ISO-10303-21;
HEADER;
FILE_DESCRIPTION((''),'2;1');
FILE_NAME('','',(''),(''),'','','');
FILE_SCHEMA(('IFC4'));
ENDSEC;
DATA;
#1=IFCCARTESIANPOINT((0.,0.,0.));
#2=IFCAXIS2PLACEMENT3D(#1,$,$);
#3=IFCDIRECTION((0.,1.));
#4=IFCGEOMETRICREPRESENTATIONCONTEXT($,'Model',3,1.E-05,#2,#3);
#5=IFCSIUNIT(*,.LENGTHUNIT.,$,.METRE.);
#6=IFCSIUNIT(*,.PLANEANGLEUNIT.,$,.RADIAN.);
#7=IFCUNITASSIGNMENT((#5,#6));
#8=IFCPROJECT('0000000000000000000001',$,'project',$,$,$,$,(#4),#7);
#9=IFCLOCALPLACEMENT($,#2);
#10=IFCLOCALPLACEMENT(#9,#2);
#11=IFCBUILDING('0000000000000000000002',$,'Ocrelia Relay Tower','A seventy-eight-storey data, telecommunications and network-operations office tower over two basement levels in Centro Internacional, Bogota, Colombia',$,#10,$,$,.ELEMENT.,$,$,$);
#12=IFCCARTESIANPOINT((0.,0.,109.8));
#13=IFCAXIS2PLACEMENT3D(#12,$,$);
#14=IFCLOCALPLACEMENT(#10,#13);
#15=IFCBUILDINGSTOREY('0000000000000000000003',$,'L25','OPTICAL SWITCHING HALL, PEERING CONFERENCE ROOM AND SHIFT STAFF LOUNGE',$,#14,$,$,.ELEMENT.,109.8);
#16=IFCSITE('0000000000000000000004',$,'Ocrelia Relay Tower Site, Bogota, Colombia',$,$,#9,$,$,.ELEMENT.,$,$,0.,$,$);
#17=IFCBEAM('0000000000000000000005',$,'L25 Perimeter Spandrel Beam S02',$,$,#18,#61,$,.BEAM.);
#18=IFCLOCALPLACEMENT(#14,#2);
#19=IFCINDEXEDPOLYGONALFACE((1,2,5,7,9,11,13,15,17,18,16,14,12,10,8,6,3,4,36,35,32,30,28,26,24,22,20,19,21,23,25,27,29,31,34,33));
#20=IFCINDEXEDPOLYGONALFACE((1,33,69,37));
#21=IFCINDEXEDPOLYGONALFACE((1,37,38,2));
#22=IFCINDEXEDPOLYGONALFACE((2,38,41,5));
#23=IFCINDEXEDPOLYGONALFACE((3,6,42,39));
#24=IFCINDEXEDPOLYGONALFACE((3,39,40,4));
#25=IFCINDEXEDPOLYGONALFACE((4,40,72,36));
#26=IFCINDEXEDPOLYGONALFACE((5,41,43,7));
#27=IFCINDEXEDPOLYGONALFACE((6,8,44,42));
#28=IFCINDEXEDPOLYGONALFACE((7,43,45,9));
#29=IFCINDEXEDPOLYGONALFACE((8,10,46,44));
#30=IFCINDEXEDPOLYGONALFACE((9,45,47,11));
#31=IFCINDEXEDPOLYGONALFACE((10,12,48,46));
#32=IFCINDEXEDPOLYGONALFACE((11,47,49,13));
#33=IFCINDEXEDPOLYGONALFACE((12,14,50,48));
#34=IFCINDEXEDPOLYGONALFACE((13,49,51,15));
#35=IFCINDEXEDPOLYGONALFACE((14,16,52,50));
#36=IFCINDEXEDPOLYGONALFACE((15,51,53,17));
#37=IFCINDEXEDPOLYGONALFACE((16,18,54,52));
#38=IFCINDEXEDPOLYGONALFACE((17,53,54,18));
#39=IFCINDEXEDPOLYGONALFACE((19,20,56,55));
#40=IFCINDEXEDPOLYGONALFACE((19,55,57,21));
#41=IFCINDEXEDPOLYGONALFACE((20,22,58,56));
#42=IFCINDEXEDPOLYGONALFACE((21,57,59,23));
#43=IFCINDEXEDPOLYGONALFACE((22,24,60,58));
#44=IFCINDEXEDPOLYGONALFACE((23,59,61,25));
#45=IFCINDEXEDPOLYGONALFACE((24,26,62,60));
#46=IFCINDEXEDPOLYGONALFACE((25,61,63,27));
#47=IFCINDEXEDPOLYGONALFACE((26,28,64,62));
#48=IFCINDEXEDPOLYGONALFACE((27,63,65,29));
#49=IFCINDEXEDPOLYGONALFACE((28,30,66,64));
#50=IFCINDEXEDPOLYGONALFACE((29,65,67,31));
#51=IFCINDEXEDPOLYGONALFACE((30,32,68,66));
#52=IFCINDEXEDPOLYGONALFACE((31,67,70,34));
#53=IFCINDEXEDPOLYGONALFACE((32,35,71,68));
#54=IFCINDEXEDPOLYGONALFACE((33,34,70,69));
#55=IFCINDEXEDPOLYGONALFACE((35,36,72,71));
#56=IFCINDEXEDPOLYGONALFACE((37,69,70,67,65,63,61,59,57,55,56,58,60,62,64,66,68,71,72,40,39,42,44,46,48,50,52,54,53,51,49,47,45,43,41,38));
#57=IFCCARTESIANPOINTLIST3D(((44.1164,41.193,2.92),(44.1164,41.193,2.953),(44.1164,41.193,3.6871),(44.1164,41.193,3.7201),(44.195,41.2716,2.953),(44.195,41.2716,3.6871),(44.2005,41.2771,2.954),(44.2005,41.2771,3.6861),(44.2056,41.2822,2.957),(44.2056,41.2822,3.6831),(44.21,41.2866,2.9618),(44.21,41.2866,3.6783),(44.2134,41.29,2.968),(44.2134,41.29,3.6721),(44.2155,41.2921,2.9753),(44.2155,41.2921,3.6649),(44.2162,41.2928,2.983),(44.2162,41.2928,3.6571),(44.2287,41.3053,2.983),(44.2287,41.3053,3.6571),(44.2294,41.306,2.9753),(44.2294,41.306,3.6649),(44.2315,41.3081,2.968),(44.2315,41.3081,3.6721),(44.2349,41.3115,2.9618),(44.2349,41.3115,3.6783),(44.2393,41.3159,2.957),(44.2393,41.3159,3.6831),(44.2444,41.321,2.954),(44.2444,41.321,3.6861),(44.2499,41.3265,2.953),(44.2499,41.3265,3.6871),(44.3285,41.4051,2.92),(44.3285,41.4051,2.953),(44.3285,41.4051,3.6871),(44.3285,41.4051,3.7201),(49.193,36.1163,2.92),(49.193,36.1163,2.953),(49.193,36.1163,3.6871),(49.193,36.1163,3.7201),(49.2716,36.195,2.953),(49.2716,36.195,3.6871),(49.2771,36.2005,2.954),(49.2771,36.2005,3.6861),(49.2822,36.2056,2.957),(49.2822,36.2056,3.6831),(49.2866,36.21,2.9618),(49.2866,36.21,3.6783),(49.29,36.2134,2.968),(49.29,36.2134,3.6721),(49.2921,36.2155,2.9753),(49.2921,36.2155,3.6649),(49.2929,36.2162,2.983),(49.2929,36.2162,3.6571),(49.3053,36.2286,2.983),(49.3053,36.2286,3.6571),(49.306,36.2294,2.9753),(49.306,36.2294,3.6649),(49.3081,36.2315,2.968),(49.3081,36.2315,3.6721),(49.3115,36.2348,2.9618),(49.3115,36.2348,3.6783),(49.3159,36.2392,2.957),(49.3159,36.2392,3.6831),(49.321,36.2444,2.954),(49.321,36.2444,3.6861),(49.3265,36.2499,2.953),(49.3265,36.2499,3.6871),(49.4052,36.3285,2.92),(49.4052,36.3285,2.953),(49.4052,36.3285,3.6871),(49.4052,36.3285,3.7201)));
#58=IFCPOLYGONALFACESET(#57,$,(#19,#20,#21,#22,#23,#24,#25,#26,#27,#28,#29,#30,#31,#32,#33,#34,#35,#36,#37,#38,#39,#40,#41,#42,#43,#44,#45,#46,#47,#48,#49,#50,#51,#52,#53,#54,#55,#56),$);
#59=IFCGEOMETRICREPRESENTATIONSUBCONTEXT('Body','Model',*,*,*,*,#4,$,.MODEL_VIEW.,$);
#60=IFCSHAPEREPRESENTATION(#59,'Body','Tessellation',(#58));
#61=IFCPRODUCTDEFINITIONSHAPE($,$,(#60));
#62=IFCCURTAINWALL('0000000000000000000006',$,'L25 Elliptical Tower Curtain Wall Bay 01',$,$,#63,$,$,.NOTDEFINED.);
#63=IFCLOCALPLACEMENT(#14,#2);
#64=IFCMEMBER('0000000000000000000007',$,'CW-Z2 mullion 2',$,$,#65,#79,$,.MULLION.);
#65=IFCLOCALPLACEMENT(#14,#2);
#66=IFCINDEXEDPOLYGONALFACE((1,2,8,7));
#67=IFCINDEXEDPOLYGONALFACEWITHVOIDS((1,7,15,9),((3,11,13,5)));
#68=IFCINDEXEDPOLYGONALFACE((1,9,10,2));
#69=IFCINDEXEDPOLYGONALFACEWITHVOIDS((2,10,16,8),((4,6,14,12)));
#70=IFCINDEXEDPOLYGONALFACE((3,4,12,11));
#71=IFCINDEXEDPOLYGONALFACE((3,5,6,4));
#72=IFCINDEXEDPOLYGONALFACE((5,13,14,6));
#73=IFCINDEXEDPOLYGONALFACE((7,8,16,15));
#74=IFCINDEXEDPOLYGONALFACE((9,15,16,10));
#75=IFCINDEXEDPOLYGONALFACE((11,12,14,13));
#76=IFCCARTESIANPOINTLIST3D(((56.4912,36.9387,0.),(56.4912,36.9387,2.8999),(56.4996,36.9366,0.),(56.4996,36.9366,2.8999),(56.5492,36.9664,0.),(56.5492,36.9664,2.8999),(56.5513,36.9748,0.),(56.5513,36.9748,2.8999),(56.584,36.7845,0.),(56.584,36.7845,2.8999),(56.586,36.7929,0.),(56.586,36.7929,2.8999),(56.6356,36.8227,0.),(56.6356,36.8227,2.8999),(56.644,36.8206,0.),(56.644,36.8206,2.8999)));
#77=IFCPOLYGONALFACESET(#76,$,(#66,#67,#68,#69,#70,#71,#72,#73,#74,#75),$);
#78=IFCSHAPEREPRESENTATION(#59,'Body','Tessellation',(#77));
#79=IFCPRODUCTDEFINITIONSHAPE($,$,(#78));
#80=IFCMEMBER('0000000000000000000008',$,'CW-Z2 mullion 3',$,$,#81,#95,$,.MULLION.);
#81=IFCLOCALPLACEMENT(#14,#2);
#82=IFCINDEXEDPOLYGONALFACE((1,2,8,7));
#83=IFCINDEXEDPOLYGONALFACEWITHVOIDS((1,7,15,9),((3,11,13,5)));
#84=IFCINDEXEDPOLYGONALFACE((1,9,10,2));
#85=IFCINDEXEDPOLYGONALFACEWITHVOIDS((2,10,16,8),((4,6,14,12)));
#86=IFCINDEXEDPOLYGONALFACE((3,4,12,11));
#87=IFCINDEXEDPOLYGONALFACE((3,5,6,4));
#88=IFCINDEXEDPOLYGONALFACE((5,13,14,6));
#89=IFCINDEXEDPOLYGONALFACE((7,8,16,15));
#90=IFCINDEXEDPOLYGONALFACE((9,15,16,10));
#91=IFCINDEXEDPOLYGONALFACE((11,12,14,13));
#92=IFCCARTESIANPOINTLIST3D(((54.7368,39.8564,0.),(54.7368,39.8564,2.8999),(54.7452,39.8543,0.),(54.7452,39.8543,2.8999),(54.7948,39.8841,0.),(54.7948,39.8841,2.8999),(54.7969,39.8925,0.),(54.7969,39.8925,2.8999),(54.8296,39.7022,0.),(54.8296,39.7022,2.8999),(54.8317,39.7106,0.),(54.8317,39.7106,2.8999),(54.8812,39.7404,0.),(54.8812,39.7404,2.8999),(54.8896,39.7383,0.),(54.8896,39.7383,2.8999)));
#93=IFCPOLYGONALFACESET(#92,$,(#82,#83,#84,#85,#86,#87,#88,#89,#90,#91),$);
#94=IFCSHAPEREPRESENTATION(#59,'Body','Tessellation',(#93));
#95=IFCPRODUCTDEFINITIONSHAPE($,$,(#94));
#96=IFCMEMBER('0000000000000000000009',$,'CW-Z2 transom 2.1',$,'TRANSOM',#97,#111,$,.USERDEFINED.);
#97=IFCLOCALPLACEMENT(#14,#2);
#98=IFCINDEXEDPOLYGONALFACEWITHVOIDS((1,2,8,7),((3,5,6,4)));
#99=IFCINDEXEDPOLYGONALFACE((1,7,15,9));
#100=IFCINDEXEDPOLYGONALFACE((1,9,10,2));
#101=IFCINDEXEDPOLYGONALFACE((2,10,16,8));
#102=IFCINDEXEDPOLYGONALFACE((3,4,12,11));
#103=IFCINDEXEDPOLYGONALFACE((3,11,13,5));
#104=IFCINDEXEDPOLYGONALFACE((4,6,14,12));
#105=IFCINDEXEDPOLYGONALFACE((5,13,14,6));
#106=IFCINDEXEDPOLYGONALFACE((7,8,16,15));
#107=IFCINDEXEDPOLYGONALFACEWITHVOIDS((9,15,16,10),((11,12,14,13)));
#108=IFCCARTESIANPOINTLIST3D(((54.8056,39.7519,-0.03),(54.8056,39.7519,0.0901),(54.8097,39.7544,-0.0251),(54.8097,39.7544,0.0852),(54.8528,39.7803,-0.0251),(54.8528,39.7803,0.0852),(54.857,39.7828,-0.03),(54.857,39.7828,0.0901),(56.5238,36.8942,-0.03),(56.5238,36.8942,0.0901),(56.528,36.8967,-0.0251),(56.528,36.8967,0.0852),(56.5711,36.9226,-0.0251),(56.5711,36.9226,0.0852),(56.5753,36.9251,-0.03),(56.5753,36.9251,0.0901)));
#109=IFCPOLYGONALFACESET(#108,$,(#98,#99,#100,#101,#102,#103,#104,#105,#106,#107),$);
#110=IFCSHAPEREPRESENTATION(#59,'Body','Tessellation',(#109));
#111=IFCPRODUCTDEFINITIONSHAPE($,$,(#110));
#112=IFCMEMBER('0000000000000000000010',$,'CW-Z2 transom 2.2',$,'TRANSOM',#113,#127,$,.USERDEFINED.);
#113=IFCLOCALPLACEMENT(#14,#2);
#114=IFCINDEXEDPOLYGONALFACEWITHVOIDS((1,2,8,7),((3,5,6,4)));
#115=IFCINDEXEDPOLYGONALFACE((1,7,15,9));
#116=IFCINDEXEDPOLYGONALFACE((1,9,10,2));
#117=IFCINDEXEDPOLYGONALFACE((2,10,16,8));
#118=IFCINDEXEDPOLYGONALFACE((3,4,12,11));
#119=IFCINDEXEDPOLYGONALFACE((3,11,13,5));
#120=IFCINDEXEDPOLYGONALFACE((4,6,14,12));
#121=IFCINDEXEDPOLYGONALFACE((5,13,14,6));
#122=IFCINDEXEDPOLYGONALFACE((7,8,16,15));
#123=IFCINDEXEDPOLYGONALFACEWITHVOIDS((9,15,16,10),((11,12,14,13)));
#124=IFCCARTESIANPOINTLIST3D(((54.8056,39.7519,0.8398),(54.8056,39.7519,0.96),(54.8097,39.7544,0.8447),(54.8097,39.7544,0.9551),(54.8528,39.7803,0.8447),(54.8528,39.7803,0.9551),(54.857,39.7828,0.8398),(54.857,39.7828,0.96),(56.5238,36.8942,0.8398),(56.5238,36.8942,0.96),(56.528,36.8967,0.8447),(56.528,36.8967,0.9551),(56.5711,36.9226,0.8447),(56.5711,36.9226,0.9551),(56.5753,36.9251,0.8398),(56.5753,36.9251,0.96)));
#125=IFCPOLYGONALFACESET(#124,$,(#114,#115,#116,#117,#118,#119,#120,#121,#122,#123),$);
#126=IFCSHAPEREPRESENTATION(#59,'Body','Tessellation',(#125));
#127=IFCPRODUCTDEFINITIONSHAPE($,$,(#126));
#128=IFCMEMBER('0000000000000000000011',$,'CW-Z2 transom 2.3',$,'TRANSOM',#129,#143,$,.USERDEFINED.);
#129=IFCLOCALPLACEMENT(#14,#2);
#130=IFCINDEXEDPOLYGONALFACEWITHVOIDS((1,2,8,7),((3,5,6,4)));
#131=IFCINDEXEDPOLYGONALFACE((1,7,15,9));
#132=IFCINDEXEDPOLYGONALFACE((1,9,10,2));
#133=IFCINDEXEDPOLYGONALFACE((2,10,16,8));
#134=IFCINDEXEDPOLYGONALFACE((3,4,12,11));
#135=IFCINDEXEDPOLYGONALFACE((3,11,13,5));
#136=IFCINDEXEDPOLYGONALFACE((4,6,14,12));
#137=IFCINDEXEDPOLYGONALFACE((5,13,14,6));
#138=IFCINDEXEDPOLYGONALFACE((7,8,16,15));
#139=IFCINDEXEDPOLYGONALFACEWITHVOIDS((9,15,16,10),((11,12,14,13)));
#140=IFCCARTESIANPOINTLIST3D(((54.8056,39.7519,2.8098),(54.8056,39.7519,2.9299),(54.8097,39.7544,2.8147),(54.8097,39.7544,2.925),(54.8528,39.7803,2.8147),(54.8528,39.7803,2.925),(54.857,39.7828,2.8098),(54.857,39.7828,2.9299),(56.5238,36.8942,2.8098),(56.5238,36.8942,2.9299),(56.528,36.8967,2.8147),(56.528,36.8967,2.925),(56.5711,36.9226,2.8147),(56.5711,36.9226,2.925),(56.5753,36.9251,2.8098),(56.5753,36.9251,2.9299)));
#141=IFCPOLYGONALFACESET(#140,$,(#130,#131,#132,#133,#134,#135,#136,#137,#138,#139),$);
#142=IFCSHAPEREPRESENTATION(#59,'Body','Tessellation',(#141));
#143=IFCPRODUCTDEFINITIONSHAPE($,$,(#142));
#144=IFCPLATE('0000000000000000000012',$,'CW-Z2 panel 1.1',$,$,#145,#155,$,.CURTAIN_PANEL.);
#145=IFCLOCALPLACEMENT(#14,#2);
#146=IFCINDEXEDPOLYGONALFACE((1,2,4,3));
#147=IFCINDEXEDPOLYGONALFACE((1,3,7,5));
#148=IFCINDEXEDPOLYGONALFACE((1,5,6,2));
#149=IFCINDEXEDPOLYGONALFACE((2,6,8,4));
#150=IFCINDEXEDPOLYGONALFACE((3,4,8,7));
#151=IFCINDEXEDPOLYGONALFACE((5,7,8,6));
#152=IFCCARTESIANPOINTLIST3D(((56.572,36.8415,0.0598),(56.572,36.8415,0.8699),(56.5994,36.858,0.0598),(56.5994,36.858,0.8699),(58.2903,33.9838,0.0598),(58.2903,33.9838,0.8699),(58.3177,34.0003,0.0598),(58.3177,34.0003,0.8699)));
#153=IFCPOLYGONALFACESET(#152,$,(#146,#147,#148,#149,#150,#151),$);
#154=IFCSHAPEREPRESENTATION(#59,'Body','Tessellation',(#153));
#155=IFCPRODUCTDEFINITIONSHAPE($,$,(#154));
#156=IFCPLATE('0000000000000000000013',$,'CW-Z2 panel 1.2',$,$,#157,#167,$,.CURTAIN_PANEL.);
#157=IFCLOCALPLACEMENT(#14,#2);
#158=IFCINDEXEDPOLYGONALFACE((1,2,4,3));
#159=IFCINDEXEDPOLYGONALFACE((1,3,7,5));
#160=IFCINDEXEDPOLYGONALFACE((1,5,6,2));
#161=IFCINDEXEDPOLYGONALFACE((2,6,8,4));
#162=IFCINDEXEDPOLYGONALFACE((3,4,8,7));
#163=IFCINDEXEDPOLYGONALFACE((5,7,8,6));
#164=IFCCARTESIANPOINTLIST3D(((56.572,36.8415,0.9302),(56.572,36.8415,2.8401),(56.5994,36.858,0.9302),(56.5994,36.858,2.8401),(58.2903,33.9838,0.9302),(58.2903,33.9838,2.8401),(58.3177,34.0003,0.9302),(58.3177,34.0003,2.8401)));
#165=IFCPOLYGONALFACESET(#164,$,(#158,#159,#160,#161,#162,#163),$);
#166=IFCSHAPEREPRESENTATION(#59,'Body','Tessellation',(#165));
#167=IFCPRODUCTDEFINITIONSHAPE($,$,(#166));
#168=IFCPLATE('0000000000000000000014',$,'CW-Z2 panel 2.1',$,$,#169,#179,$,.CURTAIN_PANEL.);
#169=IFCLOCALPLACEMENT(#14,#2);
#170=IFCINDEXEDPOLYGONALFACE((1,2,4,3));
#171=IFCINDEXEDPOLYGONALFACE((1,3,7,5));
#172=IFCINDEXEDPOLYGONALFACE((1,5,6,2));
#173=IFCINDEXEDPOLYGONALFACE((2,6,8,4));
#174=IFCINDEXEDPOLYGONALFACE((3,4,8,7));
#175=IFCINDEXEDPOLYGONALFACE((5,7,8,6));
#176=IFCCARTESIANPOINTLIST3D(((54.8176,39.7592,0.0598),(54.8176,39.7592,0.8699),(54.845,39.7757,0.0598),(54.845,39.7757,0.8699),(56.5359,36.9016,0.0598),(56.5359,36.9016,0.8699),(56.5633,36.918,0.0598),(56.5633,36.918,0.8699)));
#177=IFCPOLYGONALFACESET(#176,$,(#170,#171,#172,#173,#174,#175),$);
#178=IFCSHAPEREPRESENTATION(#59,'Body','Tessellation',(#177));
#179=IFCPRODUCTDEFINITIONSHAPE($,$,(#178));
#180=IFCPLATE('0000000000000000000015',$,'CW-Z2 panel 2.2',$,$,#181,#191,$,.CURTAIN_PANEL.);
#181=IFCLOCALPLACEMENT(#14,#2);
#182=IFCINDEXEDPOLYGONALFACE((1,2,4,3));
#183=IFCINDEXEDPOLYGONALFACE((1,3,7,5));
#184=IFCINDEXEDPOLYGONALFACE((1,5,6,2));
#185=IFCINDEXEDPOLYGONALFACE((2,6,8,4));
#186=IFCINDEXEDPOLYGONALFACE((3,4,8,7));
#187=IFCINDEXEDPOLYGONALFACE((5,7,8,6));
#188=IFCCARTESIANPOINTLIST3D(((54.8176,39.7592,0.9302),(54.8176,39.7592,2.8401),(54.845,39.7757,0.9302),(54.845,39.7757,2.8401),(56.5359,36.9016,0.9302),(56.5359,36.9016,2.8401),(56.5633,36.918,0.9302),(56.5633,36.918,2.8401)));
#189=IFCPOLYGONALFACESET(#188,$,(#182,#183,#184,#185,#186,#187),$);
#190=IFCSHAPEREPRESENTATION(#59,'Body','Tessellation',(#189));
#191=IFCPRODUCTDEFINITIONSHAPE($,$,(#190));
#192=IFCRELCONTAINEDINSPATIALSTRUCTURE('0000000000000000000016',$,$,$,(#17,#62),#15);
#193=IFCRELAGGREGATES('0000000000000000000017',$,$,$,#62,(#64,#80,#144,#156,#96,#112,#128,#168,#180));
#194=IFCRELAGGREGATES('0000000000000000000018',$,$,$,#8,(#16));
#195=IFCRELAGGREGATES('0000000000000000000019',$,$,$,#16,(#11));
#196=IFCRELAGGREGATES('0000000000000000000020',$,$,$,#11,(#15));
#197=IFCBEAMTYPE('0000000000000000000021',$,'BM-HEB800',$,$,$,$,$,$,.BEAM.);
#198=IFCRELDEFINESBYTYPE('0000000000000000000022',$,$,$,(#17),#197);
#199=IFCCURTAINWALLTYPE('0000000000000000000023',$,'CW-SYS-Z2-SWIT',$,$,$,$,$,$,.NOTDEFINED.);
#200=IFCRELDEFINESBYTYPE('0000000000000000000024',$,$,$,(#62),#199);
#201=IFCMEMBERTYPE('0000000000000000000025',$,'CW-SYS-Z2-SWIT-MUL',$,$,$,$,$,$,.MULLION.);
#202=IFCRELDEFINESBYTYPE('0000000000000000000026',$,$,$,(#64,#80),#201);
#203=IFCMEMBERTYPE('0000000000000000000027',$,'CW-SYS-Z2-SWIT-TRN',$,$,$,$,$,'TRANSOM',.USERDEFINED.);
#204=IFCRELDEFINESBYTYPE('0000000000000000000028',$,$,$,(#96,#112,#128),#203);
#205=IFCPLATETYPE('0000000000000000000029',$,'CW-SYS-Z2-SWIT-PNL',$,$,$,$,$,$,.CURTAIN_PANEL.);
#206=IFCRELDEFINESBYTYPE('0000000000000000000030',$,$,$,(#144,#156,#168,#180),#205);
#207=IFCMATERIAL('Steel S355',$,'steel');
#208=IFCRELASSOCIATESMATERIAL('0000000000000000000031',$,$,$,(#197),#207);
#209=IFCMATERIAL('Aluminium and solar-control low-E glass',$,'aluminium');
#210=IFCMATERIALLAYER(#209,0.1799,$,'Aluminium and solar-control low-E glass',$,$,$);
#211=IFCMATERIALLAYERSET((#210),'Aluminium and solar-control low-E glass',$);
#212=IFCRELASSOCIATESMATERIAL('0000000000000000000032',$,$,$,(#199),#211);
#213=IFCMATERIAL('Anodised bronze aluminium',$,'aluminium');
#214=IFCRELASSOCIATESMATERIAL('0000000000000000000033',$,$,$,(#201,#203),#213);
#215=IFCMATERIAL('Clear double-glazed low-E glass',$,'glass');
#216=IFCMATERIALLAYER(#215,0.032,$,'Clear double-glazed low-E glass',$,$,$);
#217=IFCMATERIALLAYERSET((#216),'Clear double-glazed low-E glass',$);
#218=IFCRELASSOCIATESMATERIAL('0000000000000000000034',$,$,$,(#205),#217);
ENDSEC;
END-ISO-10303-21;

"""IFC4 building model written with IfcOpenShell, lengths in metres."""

from ifc_helpers import new_model, si_unit, direction, frame, origin, origin_2d, place, context, subcontext, project, spatial, rectangle, hollow_rectangle, i_section, extrude, material, layer, layer_set, material_profile, profile_set, type_object, element, aggregate, save


model = new_model("IFC4")

# Units and contexts
model_context = context("Model", 3, precision=1e-05, world=origin(), true_north=direction((0.0, 1.0)))
body_context = subcontext(model_context, "Body", "Model", "MODEL_VIEW")
ifc_project = project(units=[si_unit("LENGTHUNIT", "METRE"), si_unit("PLANEANGLEUNIT", "RADIAN")], contexts=[model_context])

# Site, building, storey
site_placement = place(None, origin())
site = spatial("IfcSite", under=ifc_project, at=site_placement, Name="Ocrelia Relay Tower Site, Bogota, Colombia", CompositionType="ELEMENT", RefElevation=0.0)
building_placement = place(site_placement, origin())
building = spatial("IfcBuilding", under=site, at=building_placement, Name="Ocrelia Relay Tower", Description="A seventy-eight-storey data, telecommunications and network-operations office tower over two basement levels in Centro Internacional, Bogota, Colombia", CompositionType="ELEMENT")
storey_placement = place(building_placement, frame((0.0, 0.0, 109.8)))
storey = spatial("IfcBuildingStorey", under=building, at=storey_placement, Name="L25", Description="OPTICAL SWITCHING HALL, PEERING CONFERENCE ROOM AND SHIFT STAFF LOUNGE", CompositionType="ELEMENT", Elevation=109.8)

# Beam
ifc_material_1 = material(Name="Steel S355", Category="steel")
ifc_material_profile_1 = material_profile(ifc_material_1, i_section(OverallWidth=0.3, OverallDepth=0.8, WebThickness=0.0176, FlangeThickness=0.033, FilletRadius=0.03, at=origin_2d()), Name="HEB 800")
ifc_profile_set_1 = profile_set([ifc_material_profile_1], Name="Steel S355")
beam_type_1 = type_object("IfcBeamType", Name="BM-HEB800", PredefinedType="BEAM", material=ifc_profile_set_1)
beam_1_placement = place(storey_placement, frame((49.2991, 36.2224, 3.3201), z_axis=(-0.707107, 0.707107, 0.0), x_axis=(-0.707107, -0.707107, 0.0)))
element("IfcBeam", 1, at=beam_1_placement, inside=storey, type_object=beam_type_1, Name="L25 Perimeter Spandrel Beam S02", PredefinedType="BEAM", context=body_context, shape_type="SweptSolid", body=[
    extrude(i_section(OverallWidth=0.3, OverallDepth=0.8, WebThickness=0.0176, FlangeThickness=0.033, FilletRadius=0.03, at=origin_2d()), origin(), (0.0, 0.0, 1.0), 7.1794),
])

# Curtain wall, members, plates
ifc_material_2 = material(Name="Aluminium and solar-control low-E glass", Category="aluminium")
ifc_layer_1 = layer(ifc_material_2, 0.1799, Name="Aluminium and solar-control low-E glass")
ifc_layer_set_1 = layer_set([ifc_layer_1], Name="Aluminium and solar-control low-E glass")
curtain_wall_type = type_object("IfcCurtainWallType", Name="CW-SYS-Z2-SWIT", PredefinedType="NOTDEFINED", material=ifc_layer_set_1)
curtain_wall_placement = place(storey_placement, origin())
curtain_wall = element("IfcCurtainWall", 2, at=curtain_wall_placement, inside=storey, type_object=curtain_wall_type, Name="L25 Elliptical Tower Curtain Wall Bay 01", PredefinedType="NOTDEFINED")
ifc_material_3 = material(Name="Anodised bronze aluminium", Category="aluminium")
ifc_material_profile_2 = material_profile(ifc_material_3, hollow_rectangle(XDim=0.0701, YDim=0.1799, WallThickness=0.0061, at=origin_2d()), Name="CW-MUL-180x70")
ifc_profile_set_2 = profile_set([ifc_material_profile_2], Name="Anodised bronze aluminium")
member_type_1 = type_object("IfcMemberType", Name="CW-SYS-Z2-SWIT-MUL", PredefinedType="MULLION", material=ifc_profile_set_2)
member_1_placement = place(storey_placement, frame((56.5676, 36.8796, 0.0), z_axis=(0.0, 0.0, 1.0), x_axis=(-0.856997, -0.515321, 0.0)))
member_1 = element("IfcMember", 3, at=member_1_placement, type_object=member_type_1, Name="CW-Z2 mullion 2", PredefinedType="MULLION", context=body_context, shape_type="SweptSolid", body=[
    extrude(hollow_rectangle(XDim=0.0701, YDim=0.1799, WallThickness=0.0061, at=origin_2d()), origin(), (0.0, 0.0, 1.0), 2.8999),
])
member_2_placement = place(storey_placement, frame((54.8132, 39.7974, 0.0), z_axis=(0.0, 0.0, 1.0), x_axis=(-0.856997, -0.515321, 0.0)))
member_2 = element("IfcMember", 4, at=member_2_placement, type_object=member_type_1, Name="CW-Z2 mullion 3", PredefinedType="MULLION", context=body_context, shape_type="SweptSolid", body=[
    extrude(hollow_rectangle(XDim=0.0701, YDim=0.1799, WallThickness=0.0061, at=origin_2d()), origin(), (0.0, 0.0, 1.0), 2.8999),
])
ifc_material_profile_3 = material_profile(ifc_material_3, hollow_rectangle(XDim=0.0601, YDim=0.1201, WallThickness=0.0049, at=origin_2d()), Name="CW-TRN-120x60")
ifc_profile_set_3 = profile_set([ifc_material_profile_3], Name="Anodised bronze aluminium")
member_type_2 = type_object("IfcMemberType", Name="CW-SYS-Z2-SWIT-TRN", ElementType="TRANSOM", PredefinedType="USERDEFINED", material=ifc_profile_set_3)
member_3_placement = place(storey_placement, frame((56.5496, 36.9097, 0.03), z_axis=(-0.515303, 0.857008, 0.0), x_axis=(-0.857008, -0.515303, 0.0)))
member_3 = element("IfcMember", 5, at=member_3_placement, type_object=member_type_2, Name="CW-Z2 transom 2.1", ObjectType="TRANSOM", PredefinedType="USERDEFINED", context=body_context, shape_type="SweptSolid", body=[
    extrude(hollow_rectangle(XDim=0.0601, YDim=0.1201, WallThickness=0.0049, at=origin_2d()), origin(), (0.0, 0.0, 1.0), 3.3345),
])
member_4_placement = place(storey_placement, frame((56.5496, 36.9097, 0.8999), z_axis=(-0.515303, 0.857008, 0.0), x_axis=(-0.857008, -0.515303, 0.0)))
member_4 = element("IfcMember", 6, at=member_4_placement, type_object=member_type_2, Name="CW-Z2 transom 2.2", ObjectType="TRANSOM", PredefinedType="USERDEFINED", context=body_context, shape_type="SweptSolid", body=[
    extrude(hollow_rectangle(XDim=0.0601, YDim=0.1201, WallThickness=0.0049, at=origin_2d()), origin(), (0.0, 0.0, 1.0), 3.3345),
])
member_5_placement = place(storey_placement, frame((56.5496, 36.9097, 2.8699), z_axis=(-0.515303, 0.857008, 0.0), x_axis=(-0.857008, -0.515303, 0.0)))
member_5 = element("IfcMember", 7, at=member_5_placement, type_object=member_type_2, Name="CW-Z2 transom 2.3", ObjectType="TRANSOM", PredefinedType="USERDEFINED", context=body_context, shape_type="SweptSolid", body=[
    extrude(hollow_rectangle(XDim=0.0601, YDim=0.1201, WallThickness=0.0049, at=origin_2d()), origin(), (0.0, 0.0, 1.0), 3.3345),
])
ifc_material_4 = material(Name="Clear double-glazed low-E glass", Category="glass")
ifc_layer_2 = layer(ifc_material_4, 0.032, Name="Clear double-glazed low-E glass")
ifc_layer_set_2 = layer_set([ifc_layer_2], Name="Clear double-glazed low-E glass")
plate_type = type_object("IfcPlateType", Name="CW-SYS-Z2-SWIT-PNL", PredefinedType="CURTAIN_PANEL", material=ifc_layer_set_2)
plate_1_placement = place(storey_placement, frame((57.4448, 35.4209, 0.0598), z_axis=(0.0, 0.0, 1.0), x_axis=(-0.515321, 0.856997, 0.0)))
plate_1 = element("IfcPlate", 8, at=plate_1_placement, type_object=plate_type, Name="CW-Z2 panel 1.1", PredefinedType="CURTAIN_PANEL", context=body_context, shape_type="SweptSolid", body=[
    extrude(rectangle(XDim=3.3345, YDim=0.032, at=origin_2d()), origin(), (0.0, 0.0, 1.0), 0.8101),
])
plate_2_placement = place(storey_placement, frame((57.4448, 35.4209, 0.9302), z_axis=(0.0, 0.0, 1.0), x_axis=(-0.515321, 0.856997, 0.0)))
plate_2 = element("IfcPlate", 9, at=plate_2_placement, type_object=plate_type, Name="CW-Z2 panel 1.2", PredefinedType="CURTAIN_PANEL", context=body_context, shape_type="SweptSolid", body=[
    extrude(rectangle(XDim=3.3345, YDim=0.032, at=origin_2d()), origin(), (0.0, 0.0, 1.0), 1.9099),
])
plate_3_placement = place(storey_placement, frame((55.6904, 38.3386, 0.0598), z_axis=(0.0, 0.0, 1.0), x_axis=(-0.515321, 0.856997, 0.0)))
plate_3 = element("IfcPlate", 10, at=plate_3_placement, type_object=plate_type, Name="CW-Z2 panel 2.1", PredefinedType="CURTAIN_PANEL", context=body_context, shape_type="SweptSolid", body=[
    extrude(rectangle(XDim=3.3345, YDim=0.032, at=origin_2d()), origin(), (0.0, 0.0, 1.0), 0.8101),
])
plate_4_placement = place(storey_placement, frame((55.6904, 38.3386, 0.9302), z_axis=(0.0, 0.0, 1.0), x_axis=(-0.515321, 0.856997, 0.0)))
plate_4 = element("IfcPlate", 11, at=plate_4_placement, type_object=plate_type, Name="CW-Z2 panel 2.2", PredefinedType="CURTAIN_PANEL", context=body_context, shape_type="SweptSolid", body=[
    extrude(rectangle(XDim=3.3345, YDim=0.032, at=origin_2d()), origin(), (0.0, 0.0, 1.0), 1.9099),
])
aggregate(curtain_wall, [member_1, member_2, plate_1, plate_2, member_3, member_4, member_5, plate_3, plate_4])

save(model, "model.ifc")
